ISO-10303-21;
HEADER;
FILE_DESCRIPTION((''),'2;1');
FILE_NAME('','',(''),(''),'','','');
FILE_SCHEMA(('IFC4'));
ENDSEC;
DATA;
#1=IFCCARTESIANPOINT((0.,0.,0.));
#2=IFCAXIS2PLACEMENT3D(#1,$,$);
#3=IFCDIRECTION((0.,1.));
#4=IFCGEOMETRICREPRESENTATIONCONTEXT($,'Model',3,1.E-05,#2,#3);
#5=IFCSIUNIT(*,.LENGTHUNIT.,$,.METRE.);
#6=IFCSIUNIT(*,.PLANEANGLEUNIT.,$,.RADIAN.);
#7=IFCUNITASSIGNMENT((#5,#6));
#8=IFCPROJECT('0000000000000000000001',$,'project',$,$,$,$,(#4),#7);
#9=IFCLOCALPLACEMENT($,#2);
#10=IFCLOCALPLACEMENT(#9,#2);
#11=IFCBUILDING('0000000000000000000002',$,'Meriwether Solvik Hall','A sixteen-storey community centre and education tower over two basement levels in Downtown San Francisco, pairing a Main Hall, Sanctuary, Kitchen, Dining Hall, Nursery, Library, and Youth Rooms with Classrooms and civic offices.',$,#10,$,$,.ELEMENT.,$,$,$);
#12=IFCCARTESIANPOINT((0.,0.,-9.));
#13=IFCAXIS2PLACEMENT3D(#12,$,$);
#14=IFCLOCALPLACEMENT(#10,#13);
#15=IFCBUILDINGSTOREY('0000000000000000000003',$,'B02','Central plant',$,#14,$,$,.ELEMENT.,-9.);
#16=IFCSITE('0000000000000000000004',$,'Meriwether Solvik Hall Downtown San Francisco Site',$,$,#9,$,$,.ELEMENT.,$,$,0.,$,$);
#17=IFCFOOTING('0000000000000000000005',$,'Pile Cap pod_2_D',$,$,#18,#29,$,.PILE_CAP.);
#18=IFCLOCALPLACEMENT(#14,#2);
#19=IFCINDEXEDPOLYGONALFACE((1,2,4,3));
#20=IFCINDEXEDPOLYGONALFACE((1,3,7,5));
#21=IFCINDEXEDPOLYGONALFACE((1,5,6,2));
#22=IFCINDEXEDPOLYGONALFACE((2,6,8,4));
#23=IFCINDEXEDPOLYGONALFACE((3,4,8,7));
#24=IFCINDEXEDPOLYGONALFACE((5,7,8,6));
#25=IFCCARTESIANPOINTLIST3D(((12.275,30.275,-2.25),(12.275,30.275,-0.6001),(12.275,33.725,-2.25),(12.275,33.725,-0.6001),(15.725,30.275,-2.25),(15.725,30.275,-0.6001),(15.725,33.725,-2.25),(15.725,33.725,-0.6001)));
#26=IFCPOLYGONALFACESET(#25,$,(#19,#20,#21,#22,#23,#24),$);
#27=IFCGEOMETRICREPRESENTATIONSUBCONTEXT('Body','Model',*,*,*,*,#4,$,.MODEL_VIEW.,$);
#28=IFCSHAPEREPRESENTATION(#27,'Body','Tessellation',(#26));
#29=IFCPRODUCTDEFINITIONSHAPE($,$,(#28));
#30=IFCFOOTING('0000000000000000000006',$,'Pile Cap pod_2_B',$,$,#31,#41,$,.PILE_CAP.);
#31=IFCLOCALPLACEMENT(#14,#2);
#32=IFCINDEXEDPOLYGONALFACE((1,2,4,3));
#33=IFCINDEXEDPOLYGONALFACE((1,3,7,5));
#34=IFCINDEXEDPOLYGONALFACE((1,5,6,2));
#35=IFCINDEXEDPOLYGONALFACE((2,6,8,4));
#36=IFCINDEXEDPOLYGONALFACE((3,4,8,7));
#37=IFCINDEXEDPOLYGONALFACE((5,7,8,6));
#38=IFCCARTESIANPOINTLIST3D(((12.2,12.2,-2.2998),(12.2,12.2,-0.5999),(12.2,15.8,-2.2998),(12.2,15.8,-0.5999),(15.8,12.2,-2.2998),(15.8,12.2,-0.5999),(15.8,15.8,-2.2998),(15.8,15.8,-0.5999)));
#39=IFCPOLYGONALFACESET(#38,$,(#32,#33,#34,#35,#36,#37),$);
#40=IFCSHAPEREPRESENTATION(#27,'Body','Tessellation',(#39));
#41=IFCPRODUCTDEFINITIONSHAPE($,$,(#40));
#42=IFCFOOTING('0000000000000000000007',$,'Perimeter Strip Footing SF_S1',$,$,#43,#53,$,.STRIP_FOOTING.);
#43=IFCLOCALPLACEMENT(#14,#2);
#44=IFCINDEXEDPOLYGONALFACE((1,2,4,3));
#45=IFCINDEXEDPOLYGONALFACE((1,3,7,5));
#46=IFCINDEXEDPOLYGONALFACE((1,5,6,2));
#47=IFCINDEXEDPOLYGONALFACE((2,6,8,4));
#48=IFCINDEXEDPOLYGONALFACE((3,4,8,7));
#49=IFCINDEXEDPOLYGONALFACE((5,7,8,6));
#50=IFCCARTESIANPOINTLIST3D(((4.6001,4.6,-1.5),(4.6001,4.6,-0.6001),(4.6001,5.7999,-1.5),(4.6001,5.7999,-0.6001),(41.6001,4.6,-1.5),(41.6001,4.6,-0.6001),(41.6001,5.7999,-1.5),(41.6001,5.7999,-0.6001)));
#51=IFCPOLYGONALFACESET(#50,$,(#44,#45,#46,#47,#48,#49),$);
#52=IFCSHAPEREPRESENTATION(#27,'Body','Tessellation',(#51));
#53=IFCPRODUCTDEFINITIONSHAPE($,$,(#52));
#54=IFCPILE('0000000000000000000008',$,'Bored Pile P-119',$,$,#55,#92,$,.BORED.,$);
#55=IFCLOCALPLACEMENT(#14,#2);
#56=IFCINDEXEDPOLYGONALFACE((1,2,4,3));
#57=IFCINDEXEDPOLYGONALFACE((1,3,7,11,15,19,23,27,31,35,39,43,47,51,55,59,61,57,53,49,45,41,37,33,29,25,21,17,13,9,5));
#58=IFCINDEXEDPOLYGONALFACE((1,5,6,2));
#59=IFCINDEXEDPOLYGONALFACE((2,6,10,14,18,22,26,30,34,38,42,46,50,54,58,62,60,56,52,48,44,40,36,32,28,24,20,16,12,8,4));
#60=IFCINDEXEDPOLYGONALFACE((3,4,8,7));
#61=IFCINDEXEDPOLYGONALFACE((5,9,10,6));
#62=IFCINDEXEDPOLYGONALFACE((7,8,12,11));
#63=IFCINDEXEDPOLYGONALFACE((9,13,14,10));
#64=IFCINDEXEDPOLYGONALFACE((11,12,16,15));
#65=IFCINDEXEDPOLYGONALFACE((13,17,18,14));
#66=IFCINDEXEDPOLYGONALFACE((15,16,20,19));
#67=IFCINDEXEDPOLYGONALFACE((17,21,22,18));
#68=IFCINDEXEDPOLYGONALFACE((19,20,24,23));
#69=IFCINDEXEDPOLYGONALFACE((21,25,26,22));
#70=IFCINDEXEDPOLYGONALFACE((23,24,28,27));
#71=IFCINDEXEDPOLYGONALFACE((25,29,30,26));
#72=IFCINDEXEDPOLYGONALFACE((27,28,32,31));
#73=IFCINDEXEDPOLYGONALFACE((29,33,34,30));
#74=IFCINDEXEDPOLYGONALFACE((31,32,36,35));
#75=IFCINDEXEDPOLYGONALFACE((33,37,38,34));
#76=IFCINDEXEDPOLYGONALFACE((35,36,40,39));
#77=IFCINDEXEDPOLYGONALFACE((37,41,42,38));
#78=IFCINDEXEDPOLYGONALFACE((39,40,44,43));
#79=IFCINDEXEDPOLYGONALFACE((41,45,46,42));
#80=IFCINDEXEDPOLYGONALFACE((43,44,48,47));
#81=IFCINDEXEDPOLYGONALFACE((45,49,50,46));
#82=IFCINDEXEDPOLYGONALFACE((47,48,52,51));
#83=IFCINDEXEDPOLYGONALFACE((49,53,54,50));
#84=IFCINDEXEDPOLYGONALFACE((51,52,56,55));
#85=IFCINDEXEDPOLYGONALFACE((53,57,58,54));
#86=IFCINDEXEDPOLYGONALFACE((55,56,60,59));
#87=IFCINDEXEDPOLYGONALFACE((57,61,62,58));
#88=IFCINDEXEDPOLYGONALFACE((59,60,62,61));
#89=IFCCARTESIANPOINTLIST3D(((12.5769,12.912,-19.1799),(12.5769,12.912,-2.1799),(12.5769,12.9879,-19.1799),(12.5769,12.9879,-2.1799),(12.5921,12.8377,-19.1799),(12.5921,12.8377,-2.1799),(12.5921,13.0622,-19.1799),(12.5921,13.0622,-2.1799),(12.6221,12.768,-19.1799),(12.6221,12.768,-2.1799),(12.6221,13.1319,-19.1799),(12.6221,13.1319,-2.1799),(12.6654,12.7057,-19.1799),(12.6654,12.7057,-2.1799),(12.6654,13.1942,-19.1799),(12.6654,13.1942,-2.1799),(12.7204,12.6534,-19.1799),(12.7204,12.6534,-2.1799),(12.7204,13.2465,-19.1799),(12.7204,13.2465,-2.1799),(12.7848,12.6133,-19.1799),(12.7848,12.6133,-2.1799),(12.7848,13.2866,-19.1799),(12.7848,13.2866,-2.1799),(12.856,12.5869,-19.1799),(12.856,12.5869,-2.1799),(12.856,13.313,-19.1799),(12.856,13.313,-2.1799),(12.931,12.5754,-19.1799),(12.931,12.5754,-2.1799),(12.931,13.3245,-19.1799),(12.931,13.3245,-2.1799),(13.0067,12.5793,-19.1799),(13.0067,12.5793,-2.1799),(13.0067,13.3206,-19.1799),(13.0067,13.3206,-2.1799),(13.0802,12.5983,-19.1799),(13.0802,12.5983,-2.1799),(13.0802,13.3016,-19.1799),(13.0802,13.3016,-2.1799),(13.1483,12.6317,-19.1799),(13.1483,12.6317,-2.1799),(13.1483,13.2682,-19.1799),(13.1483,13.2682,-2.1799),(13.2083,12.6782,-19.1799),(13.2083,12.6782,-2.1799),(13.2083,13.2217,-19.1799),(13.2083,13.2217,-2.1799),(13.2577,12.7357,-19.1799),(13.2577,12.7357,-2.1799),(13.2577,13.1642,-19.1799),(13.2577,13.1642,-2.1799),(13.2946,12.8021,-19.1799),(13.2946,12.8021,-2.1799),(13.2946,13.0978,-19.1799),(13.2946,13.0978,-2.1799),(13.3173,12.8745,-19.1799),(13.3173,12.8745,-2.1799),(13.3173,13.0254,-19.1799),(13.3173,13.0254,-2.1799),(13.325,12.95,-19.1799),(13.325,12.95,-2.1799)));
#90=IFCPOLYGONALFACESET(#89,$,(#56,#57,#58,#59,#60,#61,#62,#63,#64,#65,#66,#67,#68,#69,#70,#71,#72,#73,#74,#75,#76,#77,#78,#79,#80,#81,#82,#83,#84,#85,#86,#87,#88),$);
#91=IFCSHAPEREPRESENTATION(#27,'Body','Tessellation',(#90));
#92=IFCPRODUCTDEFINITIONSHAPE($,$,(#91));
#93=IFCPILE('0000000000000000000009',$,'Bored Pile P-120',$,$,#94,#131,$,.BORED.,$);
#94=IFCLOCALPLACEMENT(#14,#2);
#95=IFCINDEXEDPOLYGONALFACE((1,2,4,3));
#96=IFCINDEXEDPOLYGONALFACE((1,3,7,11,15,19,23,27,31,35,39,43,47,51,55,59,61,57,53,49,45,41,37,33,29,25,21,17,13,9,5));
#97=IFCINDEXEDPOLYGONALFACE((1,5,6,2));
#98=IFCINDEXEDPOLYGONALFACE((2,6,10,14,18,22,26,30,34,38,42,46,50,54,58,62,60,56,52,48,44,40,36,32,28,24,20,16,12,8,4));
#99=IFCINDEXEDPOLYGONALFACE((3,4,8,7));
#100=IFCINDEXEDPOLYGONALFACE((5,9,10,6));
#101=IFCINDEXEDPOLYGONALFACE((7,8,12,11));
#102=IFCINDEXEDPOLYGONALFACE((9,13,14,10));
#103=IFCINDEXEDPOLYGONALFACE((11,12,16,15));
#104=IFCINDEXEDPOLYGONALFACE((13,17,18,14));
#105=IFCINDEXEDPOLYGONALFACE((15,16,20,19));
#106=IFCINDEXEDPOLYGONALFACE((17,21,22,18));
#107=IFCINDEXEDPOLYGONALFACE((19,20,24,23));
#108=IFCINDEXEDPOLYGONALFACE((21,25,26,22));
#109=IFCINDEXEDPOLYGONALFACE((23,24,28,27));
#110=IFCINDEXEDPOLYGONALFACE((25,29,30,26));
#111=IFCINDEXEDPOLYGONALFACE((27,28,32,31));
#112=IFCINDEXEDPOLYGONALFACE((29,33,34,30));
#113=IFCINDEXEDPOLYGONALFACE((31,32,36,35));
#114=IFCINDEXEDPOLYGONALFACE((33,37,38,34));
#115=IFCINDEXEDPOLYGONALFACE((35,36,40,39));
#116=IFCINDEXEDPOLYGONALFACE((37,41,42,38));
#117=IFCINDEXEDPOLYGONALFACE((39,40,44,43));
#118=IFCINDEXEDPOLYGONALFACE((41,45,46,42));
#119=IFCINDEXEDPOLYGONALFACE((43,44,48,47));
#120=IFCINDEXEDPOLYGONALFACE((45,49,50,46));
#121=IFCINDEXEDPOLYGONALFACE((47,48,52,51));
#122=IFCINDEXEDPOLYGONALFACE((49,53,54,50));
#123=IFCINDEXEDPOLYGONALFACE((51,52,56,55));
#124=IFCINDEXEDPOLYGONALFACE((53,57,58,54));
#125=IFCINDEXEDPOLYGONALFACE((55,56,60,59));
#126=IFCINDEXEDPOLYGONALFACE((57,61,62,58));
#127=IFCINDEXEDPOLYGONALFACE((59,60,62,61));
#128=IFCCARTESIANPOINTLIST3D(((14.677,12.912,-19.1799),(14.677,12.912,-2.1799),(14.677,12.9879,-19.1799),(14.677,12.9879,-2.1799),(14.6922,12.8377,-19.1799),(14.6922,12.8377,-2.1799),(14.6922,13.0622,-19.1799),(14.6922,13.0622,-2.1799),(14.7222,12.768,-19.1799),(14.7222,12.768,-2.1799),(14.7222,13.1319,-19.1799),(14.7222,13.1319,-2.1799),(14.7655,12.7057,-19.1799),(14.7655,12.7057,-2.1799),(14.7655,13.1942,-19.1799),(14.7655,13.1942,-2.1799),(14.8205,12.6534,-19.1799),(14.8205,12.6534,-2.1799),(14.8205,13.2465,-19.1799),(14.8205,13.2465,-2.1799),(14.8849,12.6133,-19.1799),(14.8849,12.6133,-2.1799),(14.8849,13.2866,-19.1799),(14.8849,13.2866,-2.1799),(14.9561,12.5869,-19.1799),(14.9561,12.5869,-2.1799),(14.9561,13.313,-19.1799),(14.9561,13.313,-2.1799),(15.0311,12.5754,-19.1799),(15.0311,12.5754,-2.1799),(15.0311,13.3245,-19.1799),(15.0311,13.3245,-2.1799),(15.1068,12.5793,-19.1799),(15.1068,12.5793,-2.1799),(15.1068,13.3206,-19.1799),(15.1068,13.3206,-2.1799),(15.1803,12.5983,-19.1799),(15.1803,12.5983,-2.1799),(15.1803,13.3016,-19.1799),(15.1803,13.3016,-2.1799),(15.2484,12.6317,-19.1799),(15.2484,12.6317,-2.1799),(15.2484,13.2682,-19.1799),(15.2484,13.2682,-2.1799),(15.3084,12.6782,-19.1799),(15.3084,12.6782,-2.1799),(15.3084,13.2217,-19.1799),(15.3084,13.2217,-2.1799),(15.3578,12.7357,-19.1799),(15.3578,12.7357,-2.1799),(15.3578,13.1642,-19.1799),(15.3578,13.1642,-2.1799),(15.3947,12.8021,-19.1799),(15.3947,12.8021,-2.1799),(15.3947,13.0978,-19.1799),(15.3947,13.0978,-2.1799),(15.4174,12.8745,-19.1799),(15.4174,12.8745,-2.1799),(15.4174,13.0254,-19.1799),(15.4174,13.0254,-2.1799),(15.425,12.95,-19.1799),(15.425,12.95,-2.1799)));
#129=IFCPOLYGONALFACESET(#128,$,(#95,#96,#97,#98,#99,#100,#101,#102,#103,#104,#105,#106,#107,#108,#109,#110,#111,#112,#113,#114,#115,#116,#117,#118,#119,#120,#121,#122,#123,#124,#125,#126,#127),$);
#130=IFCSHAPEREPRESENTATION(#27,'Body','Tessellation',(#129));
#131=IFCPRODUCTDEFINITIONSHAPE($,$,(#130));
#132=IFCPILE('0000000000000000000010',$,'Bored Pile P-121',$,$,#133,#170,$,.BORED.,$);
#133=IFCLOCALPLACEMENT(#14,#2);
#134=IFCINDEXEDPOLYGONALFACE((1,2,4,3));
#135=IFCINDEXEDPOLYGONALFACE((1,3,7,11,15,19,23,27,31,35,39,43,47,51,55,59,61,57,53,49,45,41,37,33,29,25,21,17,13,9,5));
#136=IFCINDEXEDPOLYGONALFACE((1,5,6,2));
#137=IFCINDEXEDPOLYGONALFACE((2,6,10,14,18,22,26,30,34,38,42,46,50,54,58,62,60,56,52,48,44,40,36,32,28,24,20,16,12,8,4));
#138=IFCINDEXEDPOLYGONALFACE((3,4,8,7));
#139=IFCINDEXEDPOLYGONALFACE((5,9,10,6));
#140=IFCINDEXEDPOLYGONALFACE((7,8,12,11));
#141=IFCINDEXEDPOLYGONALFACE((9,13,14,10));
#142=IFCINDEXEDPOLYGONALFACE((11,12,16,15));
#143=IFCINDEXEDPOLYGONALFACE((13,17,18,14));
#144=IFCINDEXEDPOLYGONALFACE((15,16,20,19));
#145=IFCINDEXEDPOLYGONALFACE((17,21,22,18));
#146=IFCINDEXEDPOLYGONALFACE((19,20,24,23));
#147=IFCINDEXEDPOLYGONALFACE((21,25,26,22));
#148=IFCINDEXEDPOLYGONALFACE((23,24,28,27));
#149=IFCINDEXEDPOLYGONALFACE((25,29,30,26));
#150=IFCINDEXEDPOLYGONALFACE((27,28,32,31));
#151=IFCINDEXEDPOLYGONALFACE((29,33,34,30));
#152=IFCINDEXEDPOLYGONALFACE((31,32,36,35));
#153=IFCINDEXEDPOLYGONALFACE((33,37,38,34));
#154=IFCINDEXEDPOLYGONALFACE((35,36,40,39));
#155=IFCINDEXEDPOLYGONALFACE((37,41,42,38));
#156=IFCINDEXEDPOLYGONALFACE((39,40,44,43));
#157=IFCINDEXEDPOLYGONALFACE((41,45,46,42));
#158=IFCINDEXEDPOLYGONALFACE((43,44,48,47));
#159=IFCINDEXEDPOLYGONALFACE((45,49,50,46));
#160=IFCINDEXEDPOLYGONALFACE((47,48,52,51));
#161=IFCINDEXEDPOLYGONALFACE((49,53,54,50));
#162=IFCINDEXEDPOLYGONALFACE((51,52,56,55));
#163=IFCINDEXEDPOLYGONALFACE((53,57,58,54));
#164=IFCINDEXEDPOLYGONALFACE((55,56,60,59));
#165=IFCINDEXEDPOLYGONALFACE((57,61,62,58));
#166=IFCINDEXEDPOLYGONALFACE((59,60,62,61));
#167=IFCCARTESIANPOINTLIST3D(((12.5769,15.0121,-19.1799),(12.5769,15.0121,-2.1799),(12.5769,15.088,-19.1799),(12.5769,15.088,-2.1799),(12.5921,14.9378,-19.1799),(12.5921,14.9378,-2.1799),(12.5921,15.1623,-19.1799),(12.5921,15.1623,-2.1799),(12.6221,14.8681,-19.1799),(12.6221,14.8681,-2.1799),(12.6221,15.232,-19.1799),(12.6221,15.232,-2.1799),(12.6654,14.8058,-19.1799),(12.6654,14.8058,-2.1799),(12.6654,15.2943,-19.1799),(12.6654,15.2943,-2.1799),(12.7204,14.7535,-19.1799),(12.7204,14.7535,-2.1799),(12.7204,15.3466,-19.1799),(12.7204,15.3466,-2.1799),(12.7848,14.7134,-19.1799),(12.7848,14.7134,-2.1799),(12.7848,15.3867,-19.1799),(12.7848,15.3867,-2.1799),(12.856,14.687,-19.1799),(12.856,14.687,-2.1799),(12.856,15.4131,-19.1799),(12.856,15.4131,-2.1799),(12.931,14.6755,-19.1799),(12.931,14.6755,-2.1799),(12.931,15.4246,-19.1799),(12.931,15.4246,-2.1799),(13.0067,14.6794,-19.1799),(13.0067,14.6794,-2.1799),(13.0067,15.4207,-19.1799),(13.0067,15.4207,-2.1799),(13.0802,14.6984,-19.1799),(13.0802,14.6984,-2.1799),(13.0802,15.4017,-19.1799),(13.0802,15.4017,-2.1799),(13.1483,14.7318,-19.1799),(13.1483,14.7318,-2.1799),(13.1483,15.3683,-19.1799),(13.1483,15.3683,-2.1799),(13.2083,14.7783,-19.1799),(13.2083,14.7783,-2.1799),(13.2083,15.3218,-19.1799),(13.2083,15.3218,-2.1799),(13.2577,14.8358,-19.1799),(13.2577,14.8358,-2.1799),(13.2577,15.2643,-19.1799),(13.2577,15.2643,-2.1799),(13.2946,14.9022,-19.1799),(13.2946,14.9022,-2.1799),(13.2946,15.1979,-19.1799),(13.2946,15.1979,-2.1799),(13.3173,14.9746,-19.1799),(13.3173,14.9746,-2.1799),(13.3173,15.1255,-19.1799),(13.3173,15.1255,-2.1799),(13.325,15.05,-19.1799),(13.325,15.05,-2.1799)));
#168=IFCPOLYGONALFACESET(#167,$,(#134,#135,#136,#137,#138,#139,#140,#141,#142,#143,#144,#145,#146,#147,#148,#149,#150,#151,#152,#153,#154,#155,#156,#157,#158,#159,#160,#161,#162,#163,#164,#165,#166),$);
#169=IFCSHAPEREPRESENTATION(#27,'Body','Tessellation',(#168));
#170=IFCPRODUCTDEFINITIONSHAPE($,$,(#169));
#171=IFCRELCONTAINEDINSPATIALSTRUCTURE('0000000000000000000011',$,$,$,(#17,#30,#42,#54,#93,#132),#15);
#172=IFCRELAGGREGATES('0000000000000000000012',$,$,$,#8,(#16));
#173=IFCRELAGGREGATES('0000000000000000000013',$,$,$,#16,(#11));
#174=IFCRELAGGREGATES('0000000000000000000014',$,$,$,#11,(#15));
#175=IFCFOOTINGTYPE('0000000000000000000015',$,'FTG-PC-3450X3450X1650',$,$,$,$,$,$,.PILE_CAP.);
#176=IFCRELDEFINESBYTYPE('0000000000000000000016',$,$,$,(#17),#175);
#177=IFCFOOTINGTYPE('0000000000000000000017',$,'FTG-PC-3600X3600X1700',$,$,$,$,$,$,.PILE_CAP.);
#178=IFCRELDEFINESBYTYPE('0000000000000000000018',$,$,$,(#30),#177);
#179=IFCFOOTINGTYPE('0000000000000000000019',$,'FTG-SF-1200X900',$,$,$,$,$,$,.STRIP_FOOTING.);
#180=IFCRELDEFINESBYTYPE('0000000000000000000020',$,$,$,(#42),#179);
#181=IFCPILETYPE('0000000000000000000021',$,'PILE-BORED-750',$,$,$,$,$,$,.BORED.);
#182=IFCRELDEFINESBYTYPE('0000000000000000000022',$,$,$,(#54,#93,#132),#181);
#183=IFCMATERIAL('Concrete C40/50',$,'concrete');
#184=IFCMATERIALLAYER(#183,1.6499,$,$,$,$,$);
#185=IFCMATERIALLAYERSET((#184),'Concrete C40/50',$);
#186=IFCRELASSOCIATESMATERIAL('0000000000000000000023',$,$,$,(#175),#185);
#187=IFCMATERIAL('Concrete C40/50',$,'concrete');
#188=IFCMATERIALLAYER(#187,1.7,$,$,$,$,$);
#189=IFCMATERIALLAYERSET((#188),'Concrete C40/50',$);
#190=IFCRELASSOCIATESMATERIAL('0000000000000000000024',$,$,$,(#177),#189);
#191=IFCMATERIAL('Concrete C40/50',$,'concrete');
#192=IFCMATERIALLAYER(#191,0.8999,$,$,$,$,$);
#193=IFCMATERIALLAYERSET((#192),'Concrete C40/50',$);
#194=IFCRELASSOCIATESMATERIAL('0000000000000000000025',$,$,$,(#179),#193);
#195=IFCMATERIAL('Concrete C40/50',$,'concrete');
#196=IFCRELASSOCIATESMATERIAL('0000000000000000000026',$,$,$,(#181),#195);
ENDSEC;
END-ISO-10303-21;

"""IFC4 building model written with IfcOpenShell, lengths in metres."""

from ifc_helpers import new_model, si_unit, direction, frame, origin, origin_2d, place, context, subcontext, project, spatial, rectangle, circle, extrude, material, layer, layer_set, material_profile, profile_set, type_object, element, save


model = new_model("IFC4")

# Units and contexts
model_context = context("Model", 3, precision=1e-05, world=origin(), true_north=direction((0.0, 1.0)))
body_context = subcontext(model_context, "Body", "Model", "MODEL_VIEW")
ifc_project = project(units=[si_unit("LENGTHUNIT", "METRE"), si_unit("PLANEANGLEUNIT", "RADIAN")], contexts=[model_context])

# Site, building, storey
site_placement = place(None, origin())
site = spatial("IfcSite", under=ifc_project, at=site_placement, Name="Meriwether Solvik Hall Downtown San Francisco Site", CompositionType="ELEMENT", RefElevation=0.0)
building_placement = place(site_placement, origin())
building = spatial("IfcBuilding", under=site, at=building_placement, Name="Meriwether Solvik Hall", Description="A sixteen-storey community centre and education tower over two basement levels in Downtown San Francisco, pairing a Main Hall, Sanctuary, Kitchen, Dining Hall, Nursery, Library, and Youth Rooms with Classrooms and civic offices.", CompositionType="ELEMENT")
storey_placement = place(building_placement, frame((0.0, 0.0, -9.0)))
storey = spatial("IfcBuildingStorey", under=building, at=storey_placement, Name="B02", Description="Central plant", CompositionType="ELEMENT", Elevation=-9.0)

# Footings
ifc_material_1 = material(Name="Concrete C40/50", Category="concrete")
ifc_layer_1 = layer(ifc_material_1, 1.6499)
ifc_layer_set_1 = layer_set([ifc_layer_1], Name="Concrete C40/50")
footing_type_1 = type_object("IfcFootingType", Name="FTG-PC-3450X3450X1650", PredefinedType="PILE_CAP", material=ifc_layer_set_1)
footing_1_placement = place(storey_placement, frame((14.0, 32.0, -2.25), z_axis=(0.0, 0.0, 1.0), x_axis=(1.0, 0.0, 0.0)))
element("IfcFooting", 1, at=footing_1_placement, inside=storey, type_object=footing_type_1, Name="Pile Cap pod_2_D", PredefinedType="PILE_CAP", context=body_context, shape_type="SweptSolid", body=[
    extrude(rectangle(XDim=3.45, YDim=3.45, at=origin_2d()), origin(), (0.0, 0.0, 1.0), 1.6499),
])
ifc_material_2 = material(Name="Concrete C40/50", Category="concrete")
ifc_layer_2 = layer(ifc_material_2, 1.7)
ifc_layer_set_2 = layer_set([ifc_layer_2], Name="Concrete C40/50")
footing_type_2 = type_object("IfcFootingType", Name="FTG-PC-3600X3600X1700", PredefinedType="PILE_CAP", material=ifc_layer_set_2)
footing_2_placement = place(storey_placement, frame((14.0, 14.0, -2.2998), z_axis=(0.0, 0.0, 1.0), x_axis=(1.0, 0.0, 0.0)))
element("IfcFooting", 2, at=footing_2_placement, inside=storey, type_object=footing_type_2, Name="Pile Cap pod_2_B", PredefinedType="PILE_CAP", context=body_context, shape_type="SweptSolid", body=[
    extrude(rectangle(XDim=3.6001, YDim=3.6001, at=origin_2d()), origin(), (0.0, 0.0, 1.0), 1.7),
])
ifc_material_3 = material(Name="Concrete C40/50", Category="concrete")
ifc_layer_3 = layer(ifc_material_3, 0.8999)
ifc_layer_set_3 = layer_set([ifc_layer_3], Name="Concrete C40/50")
footing_type_3 = type_object("IfcFootingType", Name="FTG-SF-1200X900", PredefinedType="STRIP_FOOTING", material=ifc_layer_set_3)
footing_3_placement = place(storey_placement, frame((23.1001, 5.2, -1.5), z_axis=(0.0, 0.0, 1.0), x_axis=(1.0, 0.0, 0.0)))
element("IfcFooting", 3, at=footing_3_placement, inside=storey, type_object=footing_type_3, Name="Perimeter Strip Footing SF_S1", PredefinedType="STRIP_FOOTING", context=body_context, shape_type="SweptSolid", body=[
    extrude(rectangle(XDim=37.0, YDim=1.2, at=origin_2d()), origin(), (0.0, 0.0, 1.0), 0.8999),
])

# Piles
ifc_material_4 = material(Name="Concrete C40/50", Category="concrete")
ifc_material_profile_1 = material_profile(ifc_material_4, circle(Radius=0.375, at=origin_2d()), Name="PILE-D750")
ifc_profile_set_1 = profile_set([ifc_material_profile_1], Name="Concrete C40/50")
pile_type = type_object("IfcPileType", Name="PILE-BORED-750", PredefinedType="BORED", material=ifc_profile_set_1)
for number, where, z_axis, x_axis, name in (
    (4, (12.95, 12.95, -2.1799), (0.0, 0.0, -1.0), (1.0, 0.0, 0.0), "Bored Pile P-119"),
    (5, (15.05, 12.95, -2.1799), (0.0, 0.0, -1.0), (1.0, 0.0, 0.0), "Bored Pile P-120"),
    (6, (12.95, 15.05, -2.1799), (0.0, 0.0, -1.0), (1.0, 0.0, 0.0), "Bored Pile P-121"),
):
    element("IfcPile", number, at=place(storey_placement, frame(where, z_axis=z_axis, x_axis=x_axis)), inside=storey, type_object=pile_type, Name=name, PredefinedType="BORED", context=body_context, shape_type="SweptSolid", body=[
        extrude(circle(Radius=0.375, at=origin_2d()), origin(), (0.0, 0.0, 1.0), 17.0),
    ])

save(model, "model.ifc")
